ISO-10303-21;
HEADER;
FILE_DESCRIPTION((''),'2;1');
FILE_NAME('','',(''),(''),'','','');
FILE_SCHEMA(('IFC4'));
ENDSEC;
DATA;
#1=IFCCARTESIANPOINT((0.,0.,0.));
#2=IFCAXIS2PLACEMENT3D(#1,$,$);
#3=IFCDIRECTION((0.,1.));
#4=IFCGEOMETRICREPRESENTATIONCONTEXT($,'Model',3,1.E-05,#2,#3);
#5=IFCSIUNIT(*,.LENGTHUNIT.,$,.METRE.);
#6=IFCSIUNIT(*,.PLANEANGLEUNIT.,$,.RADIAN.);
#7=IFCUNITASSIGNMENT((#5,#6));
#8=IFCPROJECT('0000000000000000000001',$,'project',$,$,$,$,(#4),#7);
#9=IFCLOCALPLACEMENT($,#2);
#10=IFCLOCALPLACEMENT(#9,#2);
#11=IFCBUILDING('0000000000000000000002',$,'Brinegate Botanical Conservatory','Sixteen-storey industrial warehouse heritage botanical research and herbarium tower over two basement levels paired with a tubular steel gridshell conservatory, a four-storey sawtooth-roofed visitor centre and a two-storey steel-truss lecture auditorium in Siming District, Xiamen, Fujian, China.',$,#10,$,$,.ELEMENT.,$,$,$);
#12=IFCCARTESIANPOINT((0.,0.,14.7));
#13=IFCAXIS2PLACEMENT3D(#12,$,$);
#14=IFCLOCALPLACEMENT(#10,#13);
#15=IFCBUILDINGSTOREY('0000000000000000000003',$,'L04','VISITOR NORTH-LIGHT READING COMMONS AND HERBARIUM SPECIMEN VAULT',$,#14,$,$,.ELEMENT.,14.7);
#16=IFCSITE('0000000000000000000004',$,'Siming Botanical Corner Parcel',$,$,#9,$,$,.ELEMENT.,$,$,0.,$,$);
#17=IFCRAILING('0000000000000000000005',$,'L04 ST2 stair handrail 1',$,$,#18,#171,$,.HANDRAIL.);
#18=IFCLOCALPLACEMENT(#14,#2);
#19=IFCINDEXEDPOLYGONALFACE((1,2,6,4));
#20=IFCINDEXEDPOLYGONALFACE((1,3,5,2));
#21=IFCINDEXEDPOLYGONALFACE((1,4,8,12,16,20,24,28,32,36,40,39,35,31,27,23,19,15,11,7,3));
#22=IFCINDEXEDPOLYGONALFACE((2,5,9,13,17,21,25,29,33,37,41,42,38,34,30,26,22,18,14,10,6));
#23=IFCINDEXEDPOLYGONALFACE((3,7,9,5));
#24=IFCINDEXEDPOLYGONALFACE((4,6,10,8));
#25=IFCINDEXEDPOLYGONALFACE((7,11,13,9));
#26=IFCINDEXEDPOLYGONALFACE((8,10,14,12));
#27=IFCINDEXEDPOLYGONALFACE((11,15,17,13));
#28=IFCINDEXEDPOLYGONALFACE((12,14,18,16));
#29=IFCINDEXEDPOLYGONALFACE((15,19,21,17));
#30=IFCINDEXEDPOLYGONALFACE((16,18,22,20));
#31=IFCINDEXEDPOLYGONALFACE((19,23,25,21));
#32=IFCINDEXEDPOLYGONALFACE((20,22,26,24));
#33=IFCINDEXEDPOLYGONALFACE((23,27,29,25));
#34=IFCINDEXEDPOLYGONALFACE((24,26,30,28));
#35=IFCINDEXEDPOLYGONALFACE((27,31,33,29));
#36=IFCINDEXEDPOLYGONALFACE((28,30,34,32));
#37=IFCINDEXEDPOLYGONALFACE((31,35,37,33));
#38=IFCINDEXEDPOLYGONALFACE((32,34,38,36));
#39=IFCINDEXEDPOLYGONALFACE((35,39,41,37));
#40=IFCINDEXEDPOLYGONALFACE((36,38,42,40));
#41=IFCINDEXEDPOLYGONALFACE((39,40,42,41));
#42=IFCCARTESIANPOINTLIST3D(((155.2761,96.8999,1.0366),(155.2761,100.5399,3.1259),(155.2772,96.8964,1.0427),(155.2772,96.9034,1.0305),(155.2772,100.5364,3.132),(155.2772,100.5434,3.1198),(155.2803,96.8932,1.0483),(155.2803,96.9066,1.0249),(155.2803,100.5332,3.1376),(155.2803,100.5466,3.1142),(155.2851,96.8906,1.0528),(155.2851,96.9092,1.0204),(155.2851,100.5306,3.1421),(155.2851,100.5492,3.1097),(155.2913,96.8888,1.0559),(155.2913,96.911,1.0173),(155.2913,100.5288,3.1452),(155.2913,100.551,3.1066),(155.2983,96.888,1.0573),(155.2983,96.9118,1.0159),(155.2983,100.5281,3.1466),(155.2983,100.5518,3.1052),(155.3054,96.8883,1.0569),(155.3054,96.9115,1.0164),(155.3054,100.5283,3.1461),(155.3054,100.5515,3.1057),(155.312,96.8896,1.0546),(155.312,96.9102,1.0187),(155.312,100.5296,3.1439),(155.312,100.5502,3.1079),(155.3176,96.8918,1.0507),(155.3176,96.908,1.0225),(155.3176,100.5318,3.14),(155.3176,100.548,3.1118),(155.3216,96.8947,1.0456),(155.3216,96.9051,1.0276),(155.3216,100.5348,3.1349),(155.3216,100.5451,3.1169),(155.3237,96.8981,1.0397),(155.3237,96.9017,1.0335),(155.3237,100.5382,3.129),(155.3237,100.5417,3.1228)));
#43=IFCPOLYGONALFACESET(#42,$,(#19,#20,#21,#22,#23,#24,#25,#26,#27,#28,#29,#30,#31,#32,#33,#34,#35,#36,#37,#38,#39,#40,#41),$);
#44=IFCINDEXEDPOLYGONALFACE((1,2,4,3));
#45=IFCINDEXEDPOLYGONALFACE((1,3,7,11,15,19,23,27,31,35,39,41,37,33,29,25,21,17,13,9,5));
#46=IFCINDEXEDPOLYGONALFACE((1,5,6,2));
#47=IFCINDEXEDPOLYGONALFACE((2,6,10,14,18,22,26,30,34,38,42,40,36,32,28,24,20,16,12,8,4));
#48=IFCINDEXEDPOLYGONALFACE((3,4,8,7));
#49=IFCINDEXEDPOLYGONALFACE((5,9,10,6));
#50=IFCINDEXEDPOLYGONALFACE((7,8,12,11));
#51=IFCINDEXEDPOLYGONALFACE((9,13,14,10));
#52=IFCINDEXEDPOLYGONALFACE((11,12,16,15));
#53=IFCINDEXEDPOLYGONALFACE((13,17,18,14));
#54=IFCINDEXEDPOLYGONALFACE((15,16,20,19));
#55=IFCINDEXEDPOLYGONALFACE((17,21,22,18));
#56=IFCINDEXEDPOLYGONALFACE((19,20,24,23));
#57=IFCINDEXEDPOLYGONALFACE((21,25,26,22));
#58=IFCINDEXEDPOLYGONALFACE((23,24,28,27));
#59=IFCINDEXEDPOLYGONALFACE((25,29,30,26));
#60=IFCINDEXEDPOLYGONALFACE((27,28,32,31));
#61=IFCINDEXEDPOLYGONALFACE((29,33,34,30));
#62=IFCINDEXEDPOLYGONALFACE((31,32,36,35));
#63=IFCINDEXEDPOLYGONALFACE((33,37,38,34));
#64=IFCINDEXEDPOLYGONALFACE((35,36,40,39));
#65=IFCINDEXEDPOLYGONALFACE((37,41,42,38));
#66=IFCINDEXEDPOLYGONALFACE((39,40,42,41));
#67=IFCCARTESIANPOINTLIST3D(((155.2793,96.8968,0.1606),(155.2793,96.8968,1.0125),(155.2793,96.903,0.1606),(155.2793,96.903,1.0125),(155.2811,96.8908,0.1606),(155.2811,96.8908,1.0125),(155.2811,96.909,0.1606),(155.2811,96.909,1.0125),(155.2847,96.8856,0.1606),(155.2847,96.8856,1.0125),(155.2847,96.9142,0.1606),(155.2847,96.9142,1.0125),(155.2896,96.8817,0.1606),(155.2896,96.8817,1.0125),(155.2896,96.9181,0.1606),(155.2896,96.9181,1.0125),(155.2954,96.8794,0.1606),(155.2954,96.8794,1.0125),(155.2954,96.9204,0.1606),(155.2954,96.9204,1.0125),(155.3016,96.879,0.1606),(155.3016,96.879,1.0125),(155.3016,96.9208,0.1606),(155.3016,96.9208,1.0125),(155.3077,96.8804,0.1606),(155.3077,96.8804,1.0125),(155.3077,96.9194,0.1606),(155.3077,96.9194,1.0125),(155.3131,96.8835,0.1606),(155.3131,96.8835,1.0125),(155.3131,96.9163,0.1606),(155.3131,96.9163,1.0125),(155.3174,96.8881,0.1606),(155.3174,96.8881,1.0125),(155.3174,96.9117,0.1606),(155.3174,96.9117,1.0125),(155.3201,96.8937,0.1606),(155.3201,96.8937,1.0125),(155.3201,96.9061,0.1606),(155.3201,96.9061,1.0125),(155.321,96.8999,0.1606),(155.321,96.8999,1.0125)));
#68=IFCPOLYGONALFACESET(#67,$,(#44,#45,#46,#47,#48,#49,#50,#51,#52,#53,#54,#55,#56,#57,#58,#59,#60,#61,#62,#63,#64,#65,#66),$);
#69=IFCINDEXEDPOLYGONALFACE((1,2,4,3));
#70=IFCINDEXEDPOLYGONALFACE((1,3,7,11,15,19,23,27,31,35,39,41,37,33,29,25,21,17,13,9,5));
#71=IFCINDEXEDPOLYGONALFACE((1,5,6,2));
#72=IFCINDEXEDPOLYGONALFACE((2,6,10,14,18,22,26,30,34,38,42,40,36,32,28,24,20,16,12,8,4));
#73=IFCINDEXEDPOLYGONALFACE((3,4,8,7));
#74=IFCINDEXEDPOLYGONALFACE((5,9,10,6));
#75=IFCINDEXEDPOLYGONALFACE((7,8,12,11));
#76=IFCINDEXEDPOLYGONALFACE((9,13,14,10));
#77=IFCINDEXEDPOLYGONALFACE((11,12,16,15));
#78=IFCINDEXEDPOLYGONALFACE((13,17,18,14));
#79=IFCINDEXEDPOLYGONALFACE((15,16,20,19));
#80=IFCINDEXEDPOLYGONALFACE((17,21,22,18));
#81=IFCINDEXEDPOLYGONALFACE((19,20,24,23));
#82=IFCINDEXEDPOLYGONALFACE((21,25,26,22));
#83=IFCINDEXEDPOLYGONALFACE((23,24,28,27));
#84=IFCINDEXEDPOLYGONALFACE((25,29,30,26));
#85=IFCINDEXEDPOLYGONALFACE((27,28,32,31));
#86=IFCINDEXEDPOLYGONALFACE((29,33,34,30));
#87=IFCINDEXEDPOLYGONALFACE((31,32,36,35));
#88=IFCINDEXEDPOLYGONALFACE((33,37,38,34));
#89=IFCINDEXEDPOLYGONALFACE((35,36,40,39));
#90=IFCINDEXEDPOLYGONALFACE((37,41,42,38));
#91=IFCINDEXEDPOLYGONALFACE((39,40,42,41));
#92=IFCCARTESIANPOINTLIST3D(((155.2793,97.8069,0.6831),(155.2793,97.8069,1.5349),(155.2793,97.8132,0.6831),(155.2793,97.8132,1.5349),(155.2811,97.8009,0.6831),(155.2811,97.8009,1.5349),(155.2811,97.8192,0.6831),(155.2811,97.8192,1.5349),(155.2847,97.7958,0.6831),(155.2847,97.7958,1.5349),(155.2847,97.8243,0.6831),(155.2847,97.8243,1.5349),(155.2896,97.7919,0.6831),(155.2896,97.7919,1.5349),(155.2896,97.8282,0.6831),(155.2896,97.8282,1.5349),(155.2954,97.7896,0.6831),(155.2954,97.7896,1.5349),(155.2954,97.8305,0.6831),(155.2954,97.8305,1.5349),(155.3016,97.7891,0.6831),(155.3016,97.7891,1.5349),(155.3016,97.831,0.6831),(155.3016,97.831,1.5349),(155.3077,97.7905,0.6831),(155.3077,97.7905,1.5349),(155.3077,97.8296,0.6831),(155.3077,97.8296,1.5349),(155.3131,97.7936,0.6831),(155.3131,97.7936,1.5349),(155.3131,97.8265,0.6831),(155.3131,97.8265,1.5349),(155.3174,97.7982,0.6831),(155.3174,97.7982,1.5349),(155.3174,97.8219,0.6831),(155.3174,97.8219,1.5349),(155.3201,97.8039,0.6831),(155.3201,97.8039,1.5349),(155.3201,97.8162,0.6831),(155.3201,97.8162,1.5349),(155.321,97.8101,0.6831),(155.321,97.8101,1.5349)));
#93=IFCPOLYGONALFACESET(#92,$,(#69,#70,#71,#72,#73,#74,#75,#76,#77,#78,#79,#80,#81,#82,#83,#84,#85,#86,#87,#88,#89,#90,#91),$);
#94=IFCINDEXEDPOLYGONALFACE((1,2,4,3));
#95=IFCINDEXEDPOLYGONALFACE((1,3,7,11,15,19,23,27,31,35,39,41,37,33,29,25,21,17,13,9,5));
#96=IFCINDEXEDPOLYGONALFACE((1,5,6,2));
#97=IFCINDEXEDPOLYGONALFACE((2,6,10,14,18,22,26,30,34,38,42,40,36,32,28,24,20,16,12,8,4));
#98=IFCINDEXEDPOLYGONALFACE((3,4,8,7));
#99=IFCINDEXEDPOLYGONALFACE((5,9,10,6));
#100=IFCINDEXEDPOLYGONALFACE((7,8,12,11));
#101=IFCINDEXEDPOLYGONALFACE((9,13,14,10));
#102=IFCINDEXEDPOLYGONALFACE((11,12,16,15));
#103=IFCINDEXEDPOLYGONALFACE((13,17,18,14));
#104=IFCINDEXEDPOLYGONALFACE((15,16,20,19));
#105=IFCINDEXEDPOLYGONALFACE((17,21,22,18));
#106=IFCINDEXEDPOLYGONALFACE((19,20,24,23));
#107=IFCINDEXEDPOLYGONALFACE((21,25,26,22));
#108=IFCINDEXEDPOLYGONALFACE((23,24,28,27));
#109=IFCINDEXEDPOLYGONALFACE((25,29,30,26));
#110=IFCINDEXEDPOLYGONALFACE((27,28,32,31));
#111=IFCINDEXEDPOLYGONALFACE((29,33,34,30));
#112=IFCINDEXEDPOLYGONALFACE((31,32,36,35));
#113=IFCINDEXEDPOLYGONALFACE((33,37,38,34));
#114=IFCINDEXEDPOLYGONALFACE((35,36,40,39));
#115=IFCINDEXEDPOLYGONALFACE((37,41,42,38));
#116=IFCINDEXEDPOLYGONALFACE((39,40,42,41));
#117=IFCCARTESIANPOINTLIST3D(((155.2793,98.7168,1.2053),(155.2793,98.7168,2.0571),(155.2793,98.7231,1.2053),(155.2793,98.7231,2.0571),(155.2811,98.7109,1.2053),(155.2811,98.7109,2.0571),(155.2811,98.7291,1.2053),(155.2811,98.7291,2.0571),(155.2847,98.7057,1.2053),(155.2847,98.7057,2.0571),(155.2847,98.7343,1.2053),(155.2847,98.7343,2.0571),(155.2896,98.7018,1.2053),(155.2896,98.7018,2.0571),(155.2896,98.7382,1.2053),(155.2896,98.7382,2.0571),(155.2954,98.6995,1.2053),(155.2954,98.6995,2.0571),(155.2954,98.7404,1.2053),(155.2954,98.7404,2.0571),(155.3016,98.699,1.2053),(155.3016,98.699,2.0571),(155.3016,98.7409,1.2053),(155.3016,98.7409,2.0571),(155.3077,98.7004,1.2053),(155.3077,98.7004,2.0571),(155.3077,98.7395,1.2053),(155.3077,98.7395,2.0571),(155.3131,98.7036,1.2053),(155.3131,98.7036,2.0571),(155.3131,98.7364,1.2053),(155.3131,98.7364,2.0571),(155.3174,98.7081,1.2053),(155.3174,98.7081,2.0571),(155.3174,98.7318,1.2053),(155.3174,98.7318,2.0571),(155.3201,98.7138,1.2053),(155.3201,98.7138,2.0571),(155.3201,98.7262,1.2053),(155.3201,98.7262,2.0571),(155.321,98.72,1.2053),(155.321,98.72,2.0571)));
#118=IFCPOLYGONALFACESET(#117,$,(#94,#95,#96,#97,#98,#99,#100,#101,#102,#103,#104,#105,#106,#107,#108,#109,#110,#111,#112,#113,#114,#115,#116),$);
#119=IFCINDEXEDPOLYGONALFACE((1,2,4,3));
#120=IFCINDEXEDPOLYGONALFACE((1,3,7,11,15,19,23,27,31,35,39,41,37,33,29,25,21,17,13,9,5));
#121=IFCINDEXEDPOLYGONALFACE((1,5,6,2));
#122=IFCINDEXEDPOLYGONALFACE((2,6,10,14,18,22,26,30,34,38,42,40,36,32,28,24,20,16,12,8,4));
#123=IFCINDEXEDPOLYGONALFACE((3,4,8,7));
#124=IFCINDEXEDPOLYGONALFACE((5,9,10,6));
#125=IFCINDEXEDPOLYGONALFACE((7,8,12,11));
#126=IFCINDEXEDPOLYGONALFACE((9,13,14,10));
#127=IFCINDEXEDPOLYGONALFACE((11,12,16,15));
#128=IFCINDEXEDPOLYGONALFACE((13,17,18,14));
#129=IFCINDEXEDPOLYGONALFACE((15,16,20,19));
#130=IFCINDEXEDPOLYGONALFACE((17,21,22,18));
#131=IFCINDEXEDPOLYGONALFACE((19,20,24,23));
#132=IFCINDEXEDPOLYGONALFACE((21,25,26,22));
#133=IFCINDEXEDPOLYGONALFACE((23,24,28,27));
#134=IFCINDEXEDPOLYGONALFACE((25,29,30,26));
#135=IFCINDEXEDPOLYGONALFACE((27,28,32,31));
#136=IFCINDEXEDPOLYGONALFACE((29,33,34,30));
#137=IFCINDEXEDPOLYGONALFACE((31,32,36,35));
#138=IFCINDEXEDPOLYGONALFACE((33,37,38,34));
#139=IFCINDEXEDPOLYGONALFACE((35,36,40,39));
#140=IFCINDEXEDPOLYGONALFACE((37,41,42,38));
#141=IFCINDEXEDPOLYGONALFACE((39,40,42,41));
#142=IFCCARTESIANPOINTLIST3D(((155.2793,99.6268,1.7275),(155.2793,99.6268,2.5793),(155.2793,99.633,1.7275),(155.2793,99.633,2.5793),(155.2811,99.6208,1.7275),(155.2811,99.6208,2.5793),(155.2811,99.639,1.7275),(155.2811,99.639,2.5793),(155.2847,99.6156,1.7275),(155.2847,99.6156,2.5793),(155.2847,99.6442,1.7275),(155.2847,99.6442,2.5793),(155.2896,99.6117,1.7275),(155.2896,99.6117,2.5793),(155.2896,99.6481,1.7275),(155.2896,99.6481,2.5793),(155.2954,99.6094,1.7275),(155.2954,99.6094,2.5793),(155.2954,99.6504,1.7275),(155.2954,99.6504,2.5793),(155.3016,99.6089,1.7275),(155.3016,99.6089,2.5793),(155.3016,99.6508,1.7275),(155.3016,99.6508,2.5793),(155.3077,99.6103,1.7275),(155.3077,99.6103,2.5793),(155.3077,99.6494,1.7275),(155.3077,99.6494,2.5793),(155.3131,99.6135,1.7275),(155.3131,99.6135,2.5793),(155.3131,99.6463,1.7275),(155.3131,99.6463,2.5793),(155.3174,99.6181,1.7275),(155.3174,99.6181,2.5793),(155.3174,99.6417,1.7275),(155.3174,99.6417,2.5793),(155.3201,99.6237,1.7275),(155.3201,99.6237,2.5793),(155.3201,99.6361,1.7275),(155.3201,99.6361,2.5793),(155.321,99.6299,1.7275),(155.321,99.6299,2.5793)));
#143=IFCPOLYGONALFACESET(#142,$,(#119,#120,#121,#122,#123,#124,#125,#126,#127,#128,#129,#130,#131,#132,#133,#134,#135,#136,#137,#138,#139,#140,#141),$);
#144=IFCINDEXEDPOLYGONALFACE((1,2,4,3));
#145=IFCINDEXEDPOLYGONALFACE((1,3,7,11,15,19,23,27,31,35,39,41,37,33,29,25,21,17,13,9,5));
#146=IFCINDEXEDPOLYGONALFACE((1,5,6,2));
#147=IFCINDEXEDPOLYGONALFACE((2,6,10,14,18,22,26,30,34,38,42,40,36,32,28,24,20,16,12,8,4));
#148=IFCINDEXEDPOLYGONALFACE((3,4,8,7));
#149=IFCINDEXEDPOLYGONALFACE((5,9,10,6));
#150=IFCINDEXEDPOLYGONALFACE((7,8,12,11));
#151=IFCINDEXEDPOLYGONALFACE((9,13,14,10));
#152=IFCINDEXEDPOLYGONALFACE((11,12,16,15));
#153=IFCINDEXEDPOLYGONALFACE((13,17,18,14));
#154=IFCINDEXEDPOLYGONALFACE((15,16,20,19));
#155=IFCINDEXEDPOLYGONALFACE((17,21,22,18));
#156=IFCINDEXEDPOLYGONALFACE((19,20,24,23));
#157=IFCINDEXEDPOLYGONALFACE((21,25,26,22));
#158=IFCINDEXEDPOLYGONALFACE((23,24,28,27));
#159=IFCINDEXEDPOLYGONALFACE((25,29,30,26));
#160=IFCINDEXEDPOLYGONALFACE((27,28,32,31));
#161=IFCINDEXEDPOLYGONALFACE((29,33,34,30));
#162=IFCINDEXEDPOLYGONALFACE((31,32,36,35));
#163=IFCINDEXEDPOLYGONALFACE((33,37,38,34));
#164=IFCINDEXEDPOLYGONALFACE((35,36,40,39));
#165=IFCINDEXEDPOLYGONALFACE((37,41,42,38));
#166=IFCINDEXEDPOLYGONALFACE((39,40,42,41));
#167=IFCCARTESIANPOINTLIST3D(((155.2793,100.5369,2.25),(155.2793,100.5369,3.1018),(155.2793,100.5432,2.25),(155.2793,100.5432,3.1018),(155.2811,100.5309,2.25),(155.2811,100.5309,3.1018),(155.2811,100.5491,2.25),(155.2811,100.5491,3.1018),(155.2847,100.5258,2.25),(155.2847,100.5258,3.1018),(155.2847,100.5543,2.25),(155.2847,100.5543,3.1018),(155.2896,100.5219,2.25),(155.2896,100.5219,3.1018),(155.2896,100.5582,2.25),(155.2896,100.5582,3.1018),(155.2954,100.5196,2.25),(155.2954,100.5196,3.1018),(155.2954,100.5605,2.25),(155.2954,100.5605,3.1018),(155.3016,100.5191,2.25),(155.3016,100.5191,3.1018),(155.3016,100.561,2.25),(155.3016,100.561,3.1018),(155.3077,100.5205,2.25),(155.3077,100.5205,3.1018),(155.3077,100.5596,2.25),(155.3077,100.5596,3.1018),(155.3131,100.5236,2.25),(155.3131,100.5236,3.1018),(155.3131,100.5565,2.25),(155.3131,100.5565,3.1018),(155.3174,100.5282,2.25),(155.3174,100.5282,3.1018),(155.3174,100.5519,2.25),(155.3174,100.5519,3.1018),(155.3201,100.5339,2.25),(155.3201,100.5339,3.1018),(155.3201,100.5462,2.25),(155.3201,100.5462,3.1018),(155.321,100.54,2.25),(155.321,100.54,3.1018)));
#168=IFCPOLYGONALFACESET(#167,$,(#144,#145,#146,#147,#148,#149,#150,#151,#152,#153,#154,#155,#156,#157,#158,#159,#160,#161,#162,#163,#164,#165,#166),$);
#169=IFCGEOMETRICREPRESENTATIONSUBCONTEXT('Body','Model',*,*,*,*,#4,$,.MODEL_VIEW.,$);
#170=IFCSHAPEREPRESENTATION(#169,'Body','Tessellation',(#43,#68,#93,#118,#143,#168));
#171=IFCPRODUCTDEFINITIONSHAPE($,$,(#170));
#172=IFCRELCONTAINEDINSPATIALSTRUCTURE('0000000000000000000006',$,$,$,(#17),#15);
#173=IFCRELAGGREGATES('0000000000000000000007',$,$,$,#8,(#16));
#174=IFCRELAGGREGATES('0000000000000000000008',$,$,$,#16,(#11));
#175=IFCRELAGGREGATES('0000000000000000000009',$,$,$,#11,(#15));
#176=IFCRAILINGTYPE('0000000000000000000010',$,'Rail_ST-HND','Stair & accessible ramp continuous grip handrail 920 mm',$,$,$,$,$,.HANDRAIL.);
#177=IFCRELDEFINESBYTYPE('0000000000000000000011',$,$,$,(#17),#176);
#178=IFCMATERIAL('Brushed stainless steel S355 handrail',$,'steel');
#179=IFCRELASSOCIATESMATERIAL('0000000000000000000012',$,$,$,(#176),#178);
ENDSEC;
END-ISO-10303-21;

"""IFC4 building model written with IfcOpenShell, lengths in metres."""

from ifc_helpers import new_model, si_unit, direction, frame, origin, origin_2d, place, context, subcontext, project, spatial, circle, extrude, material, type_object, element, save


model = new_model("IFC4")

# Units and contexts
model_context = context("Model", 3, precision=1e-05, world=origin(), true_north=direction((0.0, 1.0)))
body_context = subcontext(model_context, "Body", "Model", "MODEL_VIEW")
ifc_project = project(units=[si_unit("LENGTHUNIT", "METRE"), si_unit("PLANEANGLEUNIT", "RADIAN")], contexts=[model_context])

# Site, building, storey
site_placement = place(None, origin())
site = spatial("IfcSite", under=ifc_project, at=site_placement, Name="Siming Botanical Corner Parcel", CompositionType="ELEMENT", RefElevation=0.0)
building_placement = place(site_placement, origin())
building = spatial("IfcBuilding", under=site, at=building_placement, Name="Brinegate Botanical Conservatory", Description="Sixteen-storey industrial warehouse heritage botanical research and herbarium tower over two basement levels paired with a tubular steel gridshell conservatory, a four-storey sawtooth-roofed visitor centre and a two-storey steel-truss lecture auditorium in Siming District, Xiamen, Fujian, China.", CompositionType="ELEMENT")
storey_placement = place(building_placement, frame((0.0, 0.0, 14.7)))
storey = spatial("IfcBuildingStorey", under=building, at=storey_placement, Name="L04", Description="VISITOR NORTH-LIGHT READING COMMONS AND HERBARIUM SPECIMEN VAULT", CompositionType="ELEMENT", Elevation=14.7)

# Railing
ifc_material_1 = material(Name="Brushed stainless steel S355 handrail", Category="steel")
railing_type_1 = type_object("IfcRailingType", Name="Rail_ST-HND", Description="Stair & accessible ramp continuous grip handrail 920 mm", PredefinedType="HANDRAIL", material=ifc_material_1)
railing_1_placement = place(storey_placement, frame((155.3, 96.8999, 0.1606)))
element("IfcRailing", 1, at=railing_1_placement, inside=storey, type_object=railing_type_1, Name="L04 ST2 stair handrail 1", PredefinedType="HANDRAIL", context=body_context, shape_type="SweptSolid", body=[
    extrude(circle(Radius=0.0239, at=origin_2d()), frame((0.0, 0.0, 0.876), z_axis=(0.0, 0.867289, 0.497804), x_axis=(-1.0, 0.0, 0.0)), (0.0, 0.0, 1.0), 4.197),
    extrude(circle(Radius=0.021, at=origin_2d()), origin(), (0.0, 0.0, 1.0), 0.8518),
    extrude(circle(Radius=0.021, at=origin_2d()), frame((0.0, 0.9102, 0.5225)), (0.0, 0.0, 1.0), 0.8518),
    extrude(circle(Radius=0.021, at=origin_2d()), frame((0.0, 1.8201, 1.0447)), (0.0, 0.0, 1.0), 0.8518),
    extrude(circle(Radius=0.021, at=origin_2d()), frame((0.0, 2.73, 1.5669)), (0.0, 0.0, 1.0), 0.8518),
    extrude(circle(Radius=0.021, at=origin_2d()), frame((0.0, 3.6401, 2.0894)), (0.0, 0.0, 1.0), 0.8518),
])

save(model, "model.ifc")
